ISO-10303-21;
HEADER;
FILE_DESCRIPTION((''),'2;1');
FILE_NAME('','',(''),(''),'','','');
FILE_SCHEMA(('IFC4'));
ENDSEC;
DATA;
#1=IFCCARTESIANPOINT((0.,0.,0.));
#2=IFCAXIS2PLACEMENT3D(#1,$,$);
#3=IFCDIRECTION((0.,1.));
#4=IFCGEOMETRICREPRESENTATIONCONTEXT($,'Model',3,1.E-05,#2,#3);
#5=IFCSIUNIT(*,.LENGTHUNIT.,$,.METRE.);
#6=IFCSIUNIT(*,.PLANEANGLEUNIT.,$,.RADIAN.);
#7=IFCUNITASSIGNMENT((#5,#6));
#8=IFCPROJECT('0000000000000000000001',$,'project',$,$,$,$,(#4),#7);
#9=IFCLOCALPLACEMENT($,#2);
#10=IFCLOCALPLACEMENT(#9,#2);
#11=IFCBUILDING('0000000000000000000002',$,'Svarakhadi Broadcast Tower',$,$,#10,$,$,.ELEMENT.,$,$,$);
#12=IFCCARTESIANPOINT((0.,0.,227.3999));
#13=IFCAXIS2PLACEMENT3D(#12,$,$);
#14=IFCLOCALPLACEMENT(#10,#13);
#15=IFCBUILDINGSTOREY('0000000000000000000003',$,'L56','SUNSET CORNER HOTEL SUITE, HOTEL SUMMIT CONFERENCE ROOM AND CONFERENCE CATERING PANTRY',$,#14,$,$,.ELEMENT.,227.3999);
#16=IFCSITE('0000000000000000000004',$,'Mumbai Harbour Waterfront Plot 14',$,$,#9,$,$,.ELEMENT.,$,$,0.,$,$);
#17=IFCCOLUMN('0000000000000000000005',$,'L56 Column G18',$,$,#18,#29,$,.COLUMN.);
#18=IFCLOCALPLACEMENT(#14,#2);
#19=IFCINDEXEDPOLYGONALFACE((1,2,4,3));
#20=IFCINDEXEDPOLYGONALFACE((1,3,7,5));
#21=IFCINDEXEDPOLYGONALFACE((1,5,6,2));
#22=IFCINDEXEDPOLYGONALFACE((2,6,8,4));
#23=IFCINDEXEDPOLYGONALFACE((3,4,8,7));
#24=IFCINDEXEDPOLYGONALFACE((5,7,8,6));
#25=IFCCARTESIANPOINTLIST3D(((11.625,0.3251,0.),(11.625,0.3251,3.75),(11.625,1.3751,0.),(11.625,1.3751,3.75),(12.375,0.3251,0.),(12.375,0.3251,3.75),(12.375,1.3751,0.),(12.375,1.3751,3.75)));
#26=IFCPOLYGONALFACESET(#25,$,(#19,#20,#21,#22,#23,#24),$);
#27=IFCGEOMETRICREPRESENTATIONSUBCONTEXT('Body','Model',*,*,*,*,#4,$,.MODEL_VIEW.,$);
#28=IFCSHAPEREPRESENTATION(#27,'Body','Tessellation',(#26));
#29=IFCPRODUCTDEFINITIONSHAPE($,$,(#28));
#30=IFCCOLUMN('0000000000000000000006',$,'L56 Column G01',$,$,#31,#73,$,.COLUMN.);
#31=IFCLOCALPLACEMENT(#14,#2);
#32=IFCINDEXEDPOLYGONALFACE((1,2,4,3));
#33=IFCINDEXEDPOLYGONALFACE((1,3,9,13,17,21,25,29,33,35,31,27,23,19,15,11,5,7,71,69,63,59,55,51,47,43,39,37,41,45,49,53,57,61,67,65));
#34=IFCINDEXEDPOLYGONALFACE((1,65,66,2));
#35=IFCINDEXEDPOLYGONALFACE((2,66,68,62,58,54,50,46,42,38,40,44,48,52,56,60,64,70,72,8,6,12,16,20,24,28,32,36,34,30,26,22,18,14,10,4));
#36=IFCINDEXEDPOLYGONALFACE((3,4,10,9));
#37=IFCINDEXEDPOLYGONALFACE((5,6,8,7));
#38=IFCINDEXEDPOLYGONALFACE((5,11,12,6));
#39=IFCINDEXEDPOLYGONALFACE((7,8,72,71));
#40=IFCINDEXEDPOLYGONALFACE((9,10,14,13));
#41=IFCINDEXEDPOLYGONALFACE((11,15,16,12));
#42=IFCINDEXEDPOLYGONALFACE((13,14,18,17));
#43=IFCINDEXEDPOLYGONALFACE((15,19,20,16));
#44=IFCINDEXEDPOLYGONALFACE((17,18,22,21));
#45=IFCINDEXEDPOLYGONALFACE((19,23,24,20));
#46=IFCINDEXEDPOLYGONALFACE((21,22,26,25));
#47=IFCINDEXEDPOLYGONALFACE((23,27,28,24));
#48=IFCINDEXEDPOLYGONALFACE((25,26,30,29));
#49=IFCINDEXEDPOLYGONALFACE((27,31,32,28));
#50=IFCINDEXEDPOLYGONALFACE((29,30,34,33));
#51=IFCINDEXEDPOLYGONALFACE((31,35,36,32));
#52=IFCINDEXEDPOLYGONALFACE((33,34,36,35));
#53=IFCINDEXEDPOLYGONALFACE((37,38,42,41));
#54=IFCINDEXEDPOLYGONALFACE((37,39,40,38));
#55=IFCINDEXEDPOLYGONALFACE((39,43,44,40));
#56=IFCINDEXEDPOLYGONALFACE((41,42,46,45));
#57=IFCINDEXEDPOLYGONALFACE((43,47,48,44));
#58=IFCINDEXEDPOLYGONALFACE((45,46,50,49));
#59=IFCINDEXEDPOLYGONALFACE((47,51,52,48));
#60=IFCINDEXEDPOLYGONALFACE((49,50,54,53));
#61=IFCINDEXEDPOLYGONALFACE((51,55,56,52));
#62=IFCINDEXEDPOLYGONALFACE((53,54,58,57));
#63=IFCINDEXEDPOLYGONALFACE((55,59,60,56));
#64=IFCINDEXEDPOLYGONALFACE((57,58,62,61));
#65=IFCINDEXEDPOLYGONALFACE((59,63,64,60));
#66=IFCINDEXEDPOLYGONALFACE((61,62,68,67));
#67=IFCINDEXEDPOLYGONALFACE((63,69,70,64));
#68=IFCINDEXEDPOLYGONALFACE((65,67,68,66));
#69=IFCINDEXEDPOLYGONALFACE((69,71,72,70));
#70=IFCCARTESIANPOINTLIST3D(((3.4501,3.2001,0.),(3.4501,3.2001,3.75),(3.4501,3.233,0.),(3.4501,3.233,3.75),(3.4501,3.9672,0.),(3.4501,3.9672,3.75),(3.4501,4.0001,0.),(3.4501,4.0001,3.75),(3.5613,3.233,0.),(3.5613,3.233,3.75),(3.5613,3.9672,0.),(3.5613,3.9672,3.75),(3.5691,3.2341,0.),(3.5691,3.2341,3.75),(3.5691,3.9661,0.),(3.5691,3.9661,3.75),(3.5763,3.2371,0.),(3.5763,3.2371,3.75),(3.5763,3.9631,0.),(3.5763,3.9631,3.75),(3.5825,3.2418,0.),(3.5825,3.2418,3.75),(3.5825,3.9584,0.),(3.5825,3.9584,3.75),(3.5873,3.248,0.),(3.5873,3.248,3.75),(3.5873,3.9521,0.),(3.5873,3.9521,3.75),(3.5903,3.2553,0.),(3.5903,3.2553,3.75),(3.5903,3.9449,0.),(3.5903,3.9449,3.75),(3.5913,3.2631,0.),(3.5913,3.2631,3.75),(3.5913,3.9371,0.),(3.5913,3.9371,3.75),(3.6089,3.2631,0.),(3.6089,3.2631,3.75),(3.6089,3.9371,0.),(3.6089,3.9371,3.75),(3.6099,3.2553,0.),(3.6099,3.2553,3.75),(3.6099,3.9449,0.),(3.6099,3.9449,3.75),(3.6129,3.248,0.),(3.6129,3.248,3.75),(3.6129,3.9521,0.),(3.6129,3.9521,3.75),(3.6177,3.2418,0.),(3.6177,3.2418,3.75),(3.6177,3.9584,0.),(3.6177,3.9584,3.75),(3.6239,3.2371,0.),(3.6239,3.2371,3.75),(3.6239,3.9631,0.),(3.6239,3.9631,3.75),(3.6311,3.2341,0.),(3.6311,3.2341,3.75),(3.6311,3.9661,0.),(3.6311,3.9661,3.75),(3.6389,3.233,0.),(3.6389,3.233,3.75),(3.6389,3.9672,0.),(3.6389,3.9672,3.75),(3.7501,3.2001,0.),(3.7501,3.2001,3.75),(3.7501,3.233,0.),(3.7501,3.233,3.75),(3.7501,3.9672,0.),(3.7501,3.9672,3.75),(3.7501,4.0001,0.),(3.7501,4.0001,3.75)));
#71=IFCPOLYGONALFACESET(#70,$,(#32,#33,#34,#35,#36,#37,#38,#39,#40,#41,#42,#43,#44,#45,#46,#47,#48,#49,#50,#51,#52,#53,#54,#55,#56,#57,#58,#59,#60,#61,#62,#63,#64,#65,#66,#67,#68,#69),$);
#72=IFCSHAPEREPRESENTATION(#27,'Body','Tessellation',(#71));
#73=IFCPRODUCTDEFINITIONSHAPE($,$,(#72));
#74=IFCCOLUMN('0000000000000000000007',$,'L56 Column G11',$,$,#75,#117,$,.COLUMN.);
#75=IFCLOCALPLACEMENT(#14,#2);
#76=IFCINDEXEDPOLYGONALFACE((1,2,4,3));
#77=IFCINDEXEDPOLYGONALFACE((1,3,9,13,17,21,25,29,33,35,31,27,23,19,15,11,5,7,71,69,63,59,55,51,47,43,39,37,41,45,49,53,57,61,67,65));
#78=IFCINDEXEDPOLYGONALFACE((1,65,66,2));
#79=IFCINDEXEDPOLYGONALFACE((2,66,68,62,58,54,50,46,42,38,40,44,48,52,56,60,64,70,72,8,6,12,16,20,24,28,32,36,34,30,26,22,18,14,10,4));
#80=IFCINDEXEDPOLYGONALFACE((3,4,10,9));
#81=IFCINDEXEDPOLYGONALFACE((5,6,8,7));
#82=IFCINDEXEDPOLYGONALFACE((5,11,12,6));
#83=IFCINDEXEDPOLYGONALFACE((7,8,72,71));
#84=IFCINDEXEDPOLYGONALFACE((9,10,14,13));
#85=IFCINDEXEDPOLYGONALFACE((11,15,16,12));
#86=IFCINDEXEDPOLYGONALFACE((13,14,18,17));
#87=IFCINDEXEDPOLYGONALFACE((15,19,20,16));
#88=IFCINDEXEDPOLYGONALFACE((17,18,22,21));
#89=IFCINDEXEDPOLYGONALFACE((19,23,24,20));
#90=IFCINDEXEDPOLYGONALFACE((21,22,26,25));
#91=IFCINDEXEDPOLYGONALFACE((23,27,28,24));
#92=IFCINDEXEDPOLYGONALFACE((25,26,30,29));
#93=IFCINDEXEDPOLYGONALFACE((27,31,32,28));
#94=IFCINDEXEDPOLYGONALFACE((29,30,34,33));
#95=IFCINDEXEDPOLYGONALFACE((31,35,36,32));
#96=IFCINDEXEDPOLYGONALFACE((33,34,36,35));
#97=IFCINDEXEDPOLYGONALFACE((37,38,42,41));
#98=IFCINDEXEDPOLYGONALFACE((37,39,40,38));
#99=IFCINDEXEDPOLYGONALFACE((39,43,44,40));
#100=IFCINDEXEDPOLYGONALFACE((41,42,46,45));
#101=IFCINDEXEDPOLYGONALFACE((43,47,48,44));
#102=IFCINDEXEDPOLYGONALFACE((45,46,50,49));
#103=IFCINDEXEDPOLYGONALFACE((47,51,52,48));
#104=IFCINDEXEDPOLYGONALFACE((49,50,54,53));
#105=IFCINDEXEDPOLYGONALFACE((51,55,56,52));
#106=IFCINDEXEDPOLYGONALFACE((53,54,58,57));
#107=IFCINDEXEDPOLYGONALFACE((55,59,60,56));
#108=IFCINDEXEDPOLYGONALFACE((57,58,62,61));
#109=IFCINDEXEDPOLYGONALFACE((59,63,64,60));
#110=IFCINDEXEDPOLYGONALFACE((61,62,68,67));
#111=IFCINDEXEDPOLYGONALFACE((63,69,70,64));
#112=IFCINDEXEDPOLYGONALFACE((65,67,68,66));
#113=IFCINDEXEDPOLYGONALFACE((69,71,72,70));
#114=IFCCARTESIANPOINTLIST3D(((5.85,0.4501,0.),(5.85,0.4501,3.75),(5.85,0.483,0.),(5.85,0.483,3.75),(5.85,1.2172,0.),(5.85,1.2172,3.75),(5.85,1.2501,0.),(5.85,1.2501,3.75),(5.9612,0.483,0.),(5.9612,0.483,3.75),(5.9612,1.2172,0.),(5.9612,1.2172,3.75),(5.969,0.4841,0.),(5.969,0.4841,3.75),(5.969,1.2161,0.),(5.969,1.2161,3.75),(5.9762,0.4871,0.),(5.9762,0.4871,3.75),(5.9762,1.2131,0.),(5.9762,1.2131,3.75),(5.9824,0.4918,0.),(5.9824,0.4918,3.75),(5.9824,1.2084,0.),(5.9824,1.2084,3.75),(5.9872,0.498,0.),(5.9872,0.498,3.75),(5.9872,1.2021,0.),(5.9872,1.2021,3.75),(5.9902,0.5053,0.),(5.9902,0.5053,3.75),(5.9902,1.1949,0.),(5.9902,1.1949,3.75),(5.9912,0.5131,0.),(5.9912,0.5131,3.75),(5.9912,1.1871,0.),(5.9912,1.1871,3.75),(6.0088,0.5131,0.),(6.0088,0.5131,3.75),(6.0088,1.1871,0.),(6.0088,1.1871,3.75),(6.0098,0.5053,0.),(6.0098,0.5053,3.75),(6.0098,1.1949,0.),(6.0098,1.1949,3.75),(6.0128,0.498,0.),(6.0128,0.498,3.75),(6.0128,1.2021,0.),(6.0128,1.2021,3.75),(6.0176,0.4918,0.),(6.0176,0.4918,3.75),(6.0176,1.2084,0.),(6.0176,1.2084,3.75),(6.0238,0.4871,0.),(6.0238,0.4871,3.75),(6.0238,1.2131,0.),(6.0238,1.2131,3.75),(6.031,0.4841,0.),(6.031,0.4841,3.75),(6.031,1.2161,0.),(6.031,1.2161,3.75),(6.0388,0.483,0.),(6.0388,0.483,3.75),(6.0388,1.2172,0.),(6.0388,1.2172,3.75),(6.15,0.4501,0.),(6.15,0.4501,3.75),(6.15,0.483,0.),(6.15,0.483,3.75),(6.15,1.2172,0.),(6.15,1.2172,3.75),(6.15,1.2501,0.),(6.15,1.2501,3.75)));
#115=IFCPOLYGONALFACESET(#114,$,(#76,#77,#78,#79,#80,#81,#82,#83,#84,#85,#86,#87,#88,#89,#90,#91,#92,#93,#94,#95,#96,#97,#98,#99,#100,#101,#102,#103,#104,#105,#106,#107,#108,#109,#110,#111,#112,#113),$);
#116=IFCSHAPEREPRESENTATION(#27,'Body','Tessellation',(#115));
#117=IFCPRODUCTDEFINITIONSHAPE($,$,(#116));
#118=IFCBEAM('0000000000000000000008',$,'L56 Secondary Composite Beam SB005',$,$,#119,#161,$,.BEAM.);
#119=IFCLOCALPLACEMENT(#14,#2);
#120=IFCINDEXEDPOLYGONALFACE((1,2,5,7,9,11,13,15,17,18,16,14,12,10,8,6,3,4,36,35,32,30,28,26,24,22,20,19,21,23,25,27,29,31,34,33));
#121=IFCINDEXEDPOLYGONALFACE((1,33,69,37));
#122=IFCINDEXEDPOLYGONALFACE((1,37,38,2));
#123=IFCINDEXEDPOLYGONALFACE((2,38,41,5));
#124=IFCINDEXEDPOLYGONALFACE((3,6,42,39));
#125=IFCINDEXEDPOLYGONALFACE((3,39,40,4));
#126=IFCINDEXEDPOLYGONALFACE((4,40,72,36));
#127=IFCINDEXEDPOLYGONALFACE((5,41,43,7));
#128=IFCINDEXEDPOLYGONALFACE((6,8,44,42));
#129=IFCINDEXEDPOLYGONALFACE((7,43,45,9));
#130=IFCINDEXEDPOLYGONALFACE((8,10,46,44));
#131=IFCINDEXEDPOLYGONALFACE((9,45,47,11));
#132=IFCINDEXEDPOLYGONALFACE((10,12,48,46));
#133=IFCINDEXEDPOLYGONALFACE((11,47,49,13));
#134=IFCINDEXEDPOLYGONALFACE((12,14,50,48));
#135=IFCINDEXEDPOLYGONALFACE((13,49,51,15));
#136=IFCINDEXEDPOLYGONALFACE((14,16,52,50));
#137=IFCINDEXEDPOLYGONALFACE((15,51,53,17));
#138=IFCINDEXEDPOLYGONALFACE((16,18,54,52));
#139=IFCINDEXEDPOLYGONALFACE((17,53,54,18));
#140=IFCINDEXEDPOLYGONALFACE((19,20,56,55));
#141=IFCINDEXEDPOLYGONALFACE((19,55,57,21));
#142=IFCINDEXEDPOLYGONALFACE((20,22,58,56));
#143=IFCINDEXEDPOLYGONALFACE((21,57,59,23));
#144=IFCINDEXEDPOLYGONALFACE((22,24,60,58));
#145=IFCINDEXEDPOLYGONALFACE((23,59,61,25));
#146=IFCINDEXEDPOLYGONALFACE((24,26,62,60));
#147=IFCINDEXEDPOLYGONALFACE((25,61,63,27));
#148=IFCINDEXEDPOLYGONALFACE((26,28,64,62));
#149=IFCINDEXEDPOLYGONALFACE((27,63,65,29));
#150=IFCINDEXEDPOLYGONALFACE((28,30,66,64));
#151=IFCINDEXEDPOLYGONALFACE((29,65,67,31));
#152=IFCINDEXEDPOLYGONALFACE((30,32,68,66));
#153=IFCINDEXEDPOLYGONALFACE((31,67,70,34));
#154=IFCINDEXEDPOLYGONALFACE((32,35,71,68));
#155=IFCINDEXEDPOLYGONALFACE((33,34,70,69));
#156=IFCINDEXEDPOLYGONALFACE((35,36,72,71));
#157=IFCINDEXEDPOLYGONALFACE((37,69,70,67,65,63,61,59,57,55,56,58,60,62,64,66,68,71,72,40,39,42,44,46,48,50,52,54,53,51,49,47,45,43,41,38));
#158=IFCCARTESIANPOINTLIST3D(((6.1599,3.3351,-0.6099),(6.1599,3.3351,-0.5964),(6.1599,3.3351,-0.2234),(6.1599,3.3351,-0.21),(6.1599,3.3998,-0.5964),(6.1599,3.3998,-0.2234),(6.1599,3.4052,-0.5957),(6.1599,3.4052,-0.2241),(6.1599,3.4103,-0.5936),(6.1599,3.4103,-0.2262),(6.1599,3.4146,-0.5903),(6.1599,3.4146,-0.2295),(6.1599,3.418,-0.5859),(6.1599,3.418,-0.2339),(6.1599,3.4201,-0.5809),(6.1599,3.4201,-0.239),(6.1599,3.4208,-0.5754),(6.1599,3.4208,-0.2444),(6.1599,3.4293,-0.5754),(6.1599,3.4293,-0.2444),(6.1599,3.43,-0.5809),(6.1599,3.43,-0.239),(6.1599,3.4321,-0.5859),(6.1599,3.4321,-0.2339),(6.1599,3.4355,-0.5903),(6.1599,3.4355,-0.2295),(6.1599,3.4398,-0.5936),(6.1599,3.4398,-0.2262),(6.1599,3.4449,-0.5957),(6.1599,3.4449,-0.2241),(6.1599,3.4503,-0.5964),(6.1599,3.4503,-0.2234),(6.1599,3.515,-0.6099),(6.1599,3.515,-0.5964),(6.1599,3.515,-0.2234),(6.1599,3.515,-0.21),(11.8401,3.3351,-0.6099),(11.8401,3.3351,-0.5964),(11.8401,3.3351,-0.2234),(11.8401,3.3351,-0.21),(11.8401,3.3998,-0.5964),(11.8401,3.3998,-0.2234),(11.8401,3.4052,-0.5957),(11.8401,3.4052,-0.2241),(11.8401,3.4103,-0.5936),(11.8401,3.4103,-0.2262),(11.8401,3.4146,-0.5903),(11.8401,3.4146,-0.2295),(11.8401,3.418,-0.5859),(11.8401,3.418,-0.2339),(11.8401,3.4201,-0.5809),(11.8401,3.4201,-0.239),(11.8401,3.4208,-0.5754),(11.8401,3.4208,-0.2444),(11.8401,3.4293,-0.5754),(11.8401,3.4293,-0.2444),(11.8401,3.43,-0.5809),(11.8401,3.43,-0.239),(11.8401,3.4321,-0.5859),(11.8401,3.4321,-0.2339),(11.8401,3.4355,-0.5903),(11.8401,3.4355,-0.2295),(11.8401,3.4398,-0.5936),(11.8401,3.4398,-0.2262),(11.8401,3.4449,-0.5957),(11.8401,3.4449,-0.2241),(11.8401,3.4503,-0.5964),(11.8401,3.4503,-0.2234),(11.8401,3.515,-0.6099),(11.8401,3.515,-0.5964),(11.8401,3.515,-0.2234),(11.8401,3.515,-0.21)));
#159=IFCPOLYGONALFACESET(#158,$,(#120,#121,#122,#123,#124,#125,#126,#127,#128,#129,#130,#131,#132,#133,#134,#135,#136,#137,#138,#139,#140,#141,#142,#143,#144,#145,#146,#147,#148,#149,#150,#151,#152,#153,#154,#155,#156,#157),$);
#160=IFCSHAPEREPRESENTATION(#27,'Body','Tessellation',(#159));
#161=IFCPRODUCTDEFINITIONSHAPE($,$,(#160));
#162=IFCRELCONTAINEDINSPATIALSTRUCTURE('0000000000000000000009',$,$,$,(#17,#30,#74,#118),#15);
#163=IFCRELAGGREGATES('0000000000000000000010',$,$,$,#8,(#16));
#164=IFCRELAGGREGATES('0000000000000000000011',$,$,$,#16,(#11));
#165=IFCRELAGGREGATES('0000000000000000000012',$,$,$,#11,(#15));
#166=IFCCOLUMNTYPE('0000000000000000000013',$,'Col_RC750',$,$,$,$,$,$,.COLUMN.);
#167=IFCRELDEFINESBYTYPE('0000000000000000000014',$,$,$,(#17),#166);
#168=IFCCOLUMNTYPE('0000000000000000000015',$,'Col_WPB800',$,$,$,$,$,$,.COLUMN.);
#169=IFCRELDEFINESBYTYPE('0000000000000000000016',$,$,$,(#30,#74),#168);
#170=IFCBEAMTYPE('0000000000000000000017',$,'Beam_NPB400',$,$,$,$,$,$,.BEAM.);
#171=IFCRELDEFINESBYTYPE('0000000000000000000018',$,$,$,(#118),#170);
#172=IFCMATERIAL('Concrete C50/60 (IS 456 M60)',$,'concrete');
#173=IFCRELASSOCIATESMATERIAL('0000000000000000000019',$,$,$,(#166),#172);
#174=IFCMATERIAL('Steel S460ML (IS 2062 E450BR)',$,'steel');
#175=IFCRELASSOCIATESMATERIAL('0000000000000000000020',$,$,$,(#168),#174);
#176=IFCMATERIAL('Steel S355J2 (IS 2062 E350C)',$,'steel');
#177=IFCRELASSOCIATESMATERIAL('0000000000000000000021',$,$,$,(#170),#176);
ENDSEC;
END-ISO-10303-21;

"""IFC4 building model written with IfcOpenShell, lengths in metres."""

from ifc_helpers import new_model, si_unit, direction, frame, origin, origin_2d, place, context, subcontext, project, spatial, rectangle, i_section, extrude, material, material_profile, profile_set, type_object, element, save


model = new_model("IFC4")

# Units and contexts
model_context = context("Model", 3, precision=1e-05, world=origin(), true_north=direction((0.0, 1.0)))
body_context = subcontext(model_context, "Body", "Model", "MODEL_VIEW")
ifc_project = project(units=[si_unit("LENGTHUNIT", "METRE"), si_unit("PLANEANGLEUNIT", "RADIAN")], contexts=[model_context])

# Site, building, storey
site_placement = place(None, origin())
site = spatial("IfcSite", under=ifc_project, at=site_placement, Name="Mumbai Harbour Waterfront Plot 14", CompositionType="ELEMENT", RefElevation=0.0)
building_placement = place(site_placement, origin())
building = spatial("IfcBuilding", under=site, at=building_placement, Name="Svarakhadi Broadcast Tower", CompositionType="ELEMENT")
storey_placement = place(building_placement, frame((0.0, 0.0, 227.3999)))
storey = spatial("IfcBuildingStorey", under=building, at=storey_placement, Name="L56", Description="SUNSET CORNER HOTEL SUITE, HOTEL SUMMIT CONFERENCE ROOM AND CONFERENCE CATERING PANTRY", CompositionType="ELEMENT", Elevation=227.3999)

# Columns
ifc_material_1 = material(Name="Concrete C50/60 (IS 456 M60)", Category="concrete")
ifc_material_profile_1 = material_profile(ifc_material_1, rectangle(XDim=0.75, YDim=1.05, at=origin_2d()), Name="RC 750x1050")
ifc_profile_set_1 = profile_set([ifc_material_profile_1], Name="Concrete C50/60 (IS 456 M60)")
column_type_1 = type_object("IfcColumnType", Name="Col_RC750", PredefinedType="COLUMN", material=ifc_profile_set_1)
column_placement = place(storey_placement, frame((12.0, 0.8501, 0.0), z_axis=(0.0, 0.0, 1.0), x_axis=(1.0, 0.0, 0.0)))
element("IfcColumn", 1, at=column_placement, inside=storey, type_object=column_type_1, Name="L56 Column G18", PredefinedType="COLUMN", context=body_context, shape_type="SweptSolid", body=[
    extrude(rectangle(XDim=0.75, YDim=1.05, at=origin_2d()), origin(), (0.0, 0.0, 1.0), 3.75),
])
ifc_material_2 = material(Name="Steel S460ML (IS 2062 E450BR)", Category="steel")
ifc_material_profile_2 = material_profile(ifc_material_2, i_section(OverallWidth=0.3, OverallDepth=0.8, WebThickness=0.0176, FlangeThickness=0.033, FilletRadius=0.03, at=origin_2d()), Name="WPB 800x300x262")
ifc_profile_set_2 = profile_set([ifc_material_profile_2], Name="Steel S460ML (IS 2062 E450BR)")
column_type_2 = type_object("IfcColumnType", Name="Col_WPB800", PredefinedType="COLUMN", material=ifc_profile_set_2)
for number, where, z_axis, x_axis, name in (
    (2, (3.6001, 3.6001, 0.0), (0.0, 0.0, 1.0), (1.0, 0.0, 0.0), "L56 Column G01"),
    (3, (6.0, 0.8501, 0.0), (0.0, 0.0, 1.0), (1.0, 0.0, 0.0), "L56 Column G11"),
):
    element("IfcColumn", number, at=place(storey_placement, frame(where, z_axis=z_axis, x_axis=x_axis)), inside=storey, type_object=column_type_2, Name=name, PredefinedType="COLUMN", context=body_context, shape_type="SweptSolid", body=[
        extrude(i_section(OverallWidth=0.3, OverallDepth=0.8, WebThickness=0.0176, FlangeThickness=0.033, FilletRadius=0.03, at=origin_2d()), origin(), (0.0, 0.0, 1.0), 3.75),
    ])

# Beam
ifc_material_3 = material(Name="Steel S355J2 (IS 2062 E350C)", Category="steel")
ifc_material_profile_3 = material_profile(ifc_material_3, i_section(OverallWidth=0.1799, OverallDepth=0.3999, WebThickness=0.0085, FlangeThickness=0.0134, FilletRadius=0.021, at=origin_2d()), Name="NPB 400x180x66")
ifc_profile_set_3 = profile_set([ifc_material_profile_3], Name="Steel S355J2 (IS 2062 E350C)")
beam_type_1 = type_object("IfcBeamType", Name="Beam_NPB400", PredefinedType="BEAM", material=ifc_profile_set_3)
for number, where, z_axis, x_axis, name in (
    (4, (6.1599, 3.425, -0.4099), (1.0, 0.0, 0.0), (0.0, 1.0, 0.0), "L56 Secondary Composite Beam SB005"),
):
    element("IfcBeam", number, at=place(storey_placement, frame(where, z_axis=z_axis, x_axis=x_axis)), inside=storey, type_object=beam_type_1, Name=name, PredefinedType="BEAM", context=body_context, shape_type="SweptSolid", body=[
        extrude(i_section(OverallWidth=0.1799, OverallDepth=0.3999, WebThickness=0.0085, FlangeThickness=0.0134, FilletRadius=0.021, at=origin_2d()), origin(), (0.0, 0.0, 1.0), 5.6802),
    ])

save(model, "model.ifc")
